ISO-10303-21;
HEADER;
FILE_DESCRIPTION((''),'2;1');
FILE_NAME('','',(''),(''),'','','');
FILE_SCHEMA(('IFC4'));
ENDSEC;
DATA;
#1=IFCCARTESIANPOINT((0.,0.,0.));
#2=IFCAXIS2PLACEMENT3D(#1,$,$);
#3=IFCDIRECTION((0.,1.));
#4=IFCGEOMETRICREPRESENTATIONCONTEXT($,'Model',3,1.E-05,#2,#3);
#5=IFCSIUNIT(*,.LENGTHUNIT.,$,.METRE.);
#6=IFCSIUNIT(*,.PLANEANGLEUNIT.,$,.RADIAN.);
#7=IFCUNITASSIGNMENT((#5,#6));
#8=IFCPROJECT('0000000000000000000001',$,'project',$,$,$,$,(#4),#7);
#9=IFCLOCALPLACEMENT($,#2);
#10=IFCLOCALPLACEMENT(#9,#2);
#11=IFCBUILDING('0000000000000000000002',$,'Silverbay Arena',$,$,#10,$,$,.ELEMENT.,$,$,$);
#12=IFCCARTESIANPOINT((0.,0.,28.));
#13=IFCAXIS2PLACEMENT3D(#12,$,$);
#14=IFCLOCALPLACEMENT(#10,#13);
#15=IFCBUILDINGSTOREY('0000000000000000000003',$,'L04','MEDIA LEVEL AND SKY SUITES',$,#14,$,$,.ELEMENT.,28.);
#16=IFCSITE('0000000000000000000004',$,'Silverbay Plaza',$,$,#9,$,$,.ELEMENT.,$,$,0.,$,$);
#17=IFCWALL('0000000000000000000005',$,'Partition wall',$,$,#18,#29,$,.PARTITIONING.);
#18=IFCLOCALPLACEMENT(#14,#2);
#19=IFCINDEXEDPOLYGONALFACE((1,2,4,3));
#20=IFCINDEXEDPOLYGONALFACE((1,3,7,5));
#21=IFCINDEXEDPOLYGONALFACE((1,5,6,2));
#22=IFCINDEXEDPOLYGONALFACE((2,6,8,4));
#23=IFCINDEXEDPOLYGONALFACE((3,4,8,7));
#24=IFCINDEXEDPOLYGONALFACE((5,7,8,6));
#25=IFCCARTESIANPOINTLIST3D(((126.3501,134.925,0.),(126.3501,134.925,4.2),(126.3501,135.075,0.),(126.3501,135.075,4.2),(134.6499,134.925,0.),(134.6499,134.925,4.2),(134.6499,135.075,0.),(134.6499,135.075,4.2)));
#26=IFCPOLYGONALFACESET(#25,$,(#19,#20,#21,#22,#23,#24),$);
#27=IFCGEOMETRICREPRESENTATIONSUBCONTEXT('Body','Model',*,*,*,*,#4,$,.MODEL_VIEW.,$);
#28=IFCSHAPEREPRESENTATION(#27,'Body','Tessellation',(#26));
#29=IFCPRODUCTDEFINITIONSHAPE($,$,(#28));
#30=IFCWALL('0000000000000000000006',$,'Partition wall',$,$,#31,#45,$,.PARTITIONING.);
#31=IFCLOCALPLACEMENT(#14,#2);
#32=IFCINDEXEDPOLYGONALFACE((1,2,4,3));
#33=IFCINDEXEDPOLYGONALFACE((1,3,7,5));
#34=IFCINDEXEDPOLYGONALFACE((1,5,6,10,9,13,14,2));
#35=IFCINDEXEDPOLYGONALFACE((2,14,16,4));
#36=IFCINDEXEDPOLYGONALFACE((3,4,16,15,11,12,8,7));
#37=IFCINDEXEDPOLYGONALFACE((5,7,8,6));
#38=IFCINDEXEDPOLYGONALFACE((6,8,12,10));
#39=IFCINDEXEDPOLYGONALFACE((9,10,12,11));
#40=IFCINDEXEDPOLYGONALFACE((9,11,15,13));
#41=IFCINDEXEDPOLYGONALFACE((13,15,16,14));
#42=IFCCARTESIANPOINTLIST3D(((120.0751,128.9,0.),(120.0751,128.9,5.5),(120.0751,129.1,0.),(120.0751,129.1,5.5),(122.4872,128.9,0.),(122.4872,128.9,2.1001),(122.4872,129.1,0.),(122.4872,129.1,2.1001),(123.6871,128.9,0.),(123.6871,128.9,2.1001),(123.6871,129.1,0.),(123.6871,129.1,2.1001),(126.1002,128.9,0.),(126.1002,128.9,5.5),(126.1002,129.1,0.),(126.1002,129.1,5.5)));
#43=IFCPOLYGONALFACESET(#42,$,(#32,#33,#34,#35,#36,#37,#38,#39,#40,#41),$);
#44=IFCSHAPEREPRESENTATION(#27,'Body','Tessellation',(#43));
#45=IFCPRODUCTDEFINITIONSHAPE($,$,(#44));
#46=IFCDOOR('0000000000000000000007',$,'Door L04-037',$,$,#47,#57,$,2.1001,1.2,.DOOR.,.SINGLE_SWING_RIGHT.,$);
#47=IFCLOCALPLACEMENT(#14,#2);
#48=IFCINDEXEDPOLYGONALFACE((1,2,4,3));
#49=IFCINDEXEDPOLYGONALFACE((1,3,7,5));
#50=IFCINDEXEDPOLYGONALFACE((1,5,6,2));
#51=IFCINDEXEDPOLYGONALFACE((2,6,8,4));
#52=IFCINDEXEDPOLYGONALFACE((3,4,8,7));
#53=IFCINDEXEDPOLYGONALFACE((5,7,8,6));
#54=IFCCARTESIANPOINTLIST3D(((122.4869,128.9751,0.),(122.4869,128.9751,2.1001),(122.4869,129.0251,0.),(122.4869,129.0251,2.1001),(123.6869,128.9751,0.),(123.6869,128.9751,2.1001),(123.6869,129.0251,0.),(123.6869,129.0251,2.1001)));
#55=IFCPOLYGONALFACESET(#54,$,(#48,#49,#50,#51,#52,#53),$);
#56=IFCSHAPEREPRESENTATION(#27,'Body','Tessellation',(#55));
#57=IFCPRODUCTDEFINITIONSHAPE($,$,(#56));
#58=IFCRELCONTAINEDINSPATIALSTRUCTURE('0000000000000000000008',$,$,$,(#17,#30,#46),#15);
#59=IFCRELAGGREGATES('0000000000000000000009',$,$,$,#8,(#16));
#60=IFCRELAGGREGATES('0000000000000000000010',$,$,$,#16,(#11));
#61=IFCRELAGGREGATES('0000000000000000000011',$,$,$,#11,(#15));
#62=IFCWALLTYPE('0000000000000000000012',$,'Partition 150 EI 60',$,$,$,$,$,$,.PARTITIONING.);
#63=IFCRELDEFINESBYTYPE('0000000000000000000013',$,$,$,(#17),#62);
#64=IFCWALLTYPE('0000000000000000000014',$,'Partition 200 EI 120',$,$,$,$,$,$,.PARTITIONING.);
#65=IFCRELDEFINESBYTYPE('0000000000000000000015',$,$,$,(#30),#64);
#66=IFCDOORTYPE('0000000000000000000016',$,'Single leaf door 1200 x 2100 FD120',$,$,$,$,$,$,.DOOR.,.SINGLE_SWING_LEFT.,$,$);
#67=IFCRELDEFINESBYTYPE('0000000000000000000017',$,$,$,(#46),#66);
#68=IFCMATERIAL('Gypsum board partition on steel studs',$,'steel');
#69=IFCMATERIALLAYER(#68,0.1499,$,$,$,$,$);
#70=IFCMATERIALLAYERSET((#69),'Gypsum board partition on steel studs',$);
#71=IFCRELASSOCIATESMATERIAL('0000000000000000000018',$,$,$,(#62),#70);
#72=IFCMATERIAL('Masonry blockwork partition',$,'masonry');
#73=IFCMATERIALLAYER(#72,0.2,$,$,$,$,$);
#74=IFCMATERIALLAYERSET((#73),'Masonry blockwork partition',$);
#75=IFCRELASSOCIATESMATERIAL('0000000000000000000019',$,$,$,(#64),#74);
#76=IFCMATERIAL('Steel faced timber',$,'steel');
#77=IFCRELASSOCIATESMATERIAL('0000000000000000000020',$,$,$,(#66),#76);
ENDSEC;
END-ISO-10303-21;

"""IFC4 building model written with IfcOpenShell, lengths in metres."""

from ifc_helpers import new_model, si_unit, direction, frame, frame_2d, origin, place, context, subcontext, project, spatial, rectangle, extrude, material, layer, layer_set, type_object, element, fill, save


model = new_model("IFC4")

# Units and contexts
model_context = context("Model", 3, precision=1e-05, world=origin(), true_north=direction((0.0, 1.0)))
body_context = subcontext(model_context, "Body", "Model", "MODEL_VIEW")
ifc_project = project(units=[si_unit("LENGTHUNIT", "METRE"), si_unit("PLANEANGLEUNIT", "RADIAN")], contexts=[model_context])

# Site, building, storey
site_placement = place(None, origin())
site = spatial("IfcSite", under=ifc_project, at=site_placement, Name="Silverbay Plaza", CompositionType="ELEMENT", RefElevation=0.0)
building_placement = place(site_placement, origin())
building = spatial("IfcBuilding", under=site, at=building_placement, Name="Silverbay Arena", CompositionType="ELEMENT")
storey_placement = place(building_placement, frame((0.0, 0.0, 28.0)))
storey = spatial("IfcBuildingStorey", under=building, at=storey_placement, Name="L04", Description="MEDIA LEVEL AND SKY SUITES", CompositionType="ELEMENT", Elevation=28.0)

# Wall
ifc_material_1 = material(Name="Gypsum board partition on steel studs", Category="steel")
ifc_layer_1 = layer(ifc_material_1, 0.1499)
ifc_layer_set_1 = layer_set([ifc_layer_1], Name="Gypsum board partition on steel studs")
wall_type_1 = type_object("IfcWallType", Name="Partition 150 EI 60", PredefinedType="PARTITIONING", material=ifc_layer_set_1)
wall_1_placement = place(storey_placement, frame((126.3501, 135.0, 0.0), z_axis=(0.0, 0.0, 1.0), x_axis=(1.0, 0.0, 0.0)))
element("IfcWall", 1, at=wall_1_placement, inside=storey, type_object=wall_type_1, Name="Partition wall", PredefinedType="PARTITIONING", context=body_context, shape_type="SweptSolid", body=[
    extrude(rectangle(XDim=8.2998, YDim=0.1499, at=frame_2d((4.1499, 0.0))), origin(), (0.0, 0.0, 1.0), 4.2),
])

# Wall, opening, door
ifc_material_2 = material(Name="Masonry blockwork partition", Category="masonry")
ifc_layer_2 = layer(ifc_material_2, 0.2)
ifc_layer_set_2 = layer_set([ifc_layer_2], Name="Masonry blockwork partition")
wall_type_2 = type_object("IfcWallType", Name="Partition 200 EI 120", PredefinedType="PARTITIONING", material=ifc_layer_set_2)
wall_2_placement = place(storey_placement, frame((120.075, 129.0, 0.0), z_axis=(0.0, 0.0, 1.0), x_axis=(1.0, 0.0, 0.0)))
wall_2 = element("IfcWall", 2, at=wall_2_placement, inside=storey, type_object=wall_type_2, Name="Partition wall", PredefinedType="PARTITIONING", context=body_context, shape_type="SweptSolid", body=[
    extrude(rectangle(XDim=6.0251, YDim=0.2, at=frame_2d((3.0127, 0.0))), origin(), (0.0, 0.0, 1.0), 5.5),
])
opening_placement = place(wall_2_placement, frame((2.4121, 0.0, 0.0)))
opening = element("IfcOpeningElement", 3, at=opening_placement, cuts=wall_2, PredefinedType="OPENING", context=body_context, shape_type="SweptSolid", body=[
    extrude(rectangle(XDim=1.2, YDim=2.1001, at=frame_2d((0.6001, 1.05))), frame((0.0, 0.1099, 0.0), z_axis=(0.0, -1.0, 0.0), x_axis=(1.0, 0.0, 0.0)), (0.0, 0.0, 1.0), 0.22),
])
ifc_material_3 = material(Name="Steel faced timber", Category="steel")
door_type = type_object("IfcDoorType", Name="Single leaf door 1200 x 2100 FD120", OperationType="SINGLE_SWING_LEFT", PredefinedType="DOOR", material=ifc_material_3)
door_placement = place(opening_placement, frame((1.2, 0.0, 0.0), z_axis=(0.0, 0.0, 1.0), x_axis=(-1.0, 0.0, 0.0)))
door = element("IfcDoor", 4, at=door_placement, inside=storey, type_object=door_type, Name="Door L04-037", OperationType="SINGLE_SWING_RIGHT", OverallHeight=2.1001, OverallWidth=1.2, PredefinedType="DOOR", context=body_context, shape_type="SweptSolid", body=[
    extrude(rectangle(XDim=1.2, YDim=2.1001, at=frame_2d((0.6001, 1.05))), frame((0.0, 0.0249, 0.0), z_axis=(0.0, -1.0, 0.0), x_axis=(1.0, 0.0, 0.0)), (0.0, 0.0, 1.0), 0.05),
])
fill(opening, door)

save(model, "model.ifc")
